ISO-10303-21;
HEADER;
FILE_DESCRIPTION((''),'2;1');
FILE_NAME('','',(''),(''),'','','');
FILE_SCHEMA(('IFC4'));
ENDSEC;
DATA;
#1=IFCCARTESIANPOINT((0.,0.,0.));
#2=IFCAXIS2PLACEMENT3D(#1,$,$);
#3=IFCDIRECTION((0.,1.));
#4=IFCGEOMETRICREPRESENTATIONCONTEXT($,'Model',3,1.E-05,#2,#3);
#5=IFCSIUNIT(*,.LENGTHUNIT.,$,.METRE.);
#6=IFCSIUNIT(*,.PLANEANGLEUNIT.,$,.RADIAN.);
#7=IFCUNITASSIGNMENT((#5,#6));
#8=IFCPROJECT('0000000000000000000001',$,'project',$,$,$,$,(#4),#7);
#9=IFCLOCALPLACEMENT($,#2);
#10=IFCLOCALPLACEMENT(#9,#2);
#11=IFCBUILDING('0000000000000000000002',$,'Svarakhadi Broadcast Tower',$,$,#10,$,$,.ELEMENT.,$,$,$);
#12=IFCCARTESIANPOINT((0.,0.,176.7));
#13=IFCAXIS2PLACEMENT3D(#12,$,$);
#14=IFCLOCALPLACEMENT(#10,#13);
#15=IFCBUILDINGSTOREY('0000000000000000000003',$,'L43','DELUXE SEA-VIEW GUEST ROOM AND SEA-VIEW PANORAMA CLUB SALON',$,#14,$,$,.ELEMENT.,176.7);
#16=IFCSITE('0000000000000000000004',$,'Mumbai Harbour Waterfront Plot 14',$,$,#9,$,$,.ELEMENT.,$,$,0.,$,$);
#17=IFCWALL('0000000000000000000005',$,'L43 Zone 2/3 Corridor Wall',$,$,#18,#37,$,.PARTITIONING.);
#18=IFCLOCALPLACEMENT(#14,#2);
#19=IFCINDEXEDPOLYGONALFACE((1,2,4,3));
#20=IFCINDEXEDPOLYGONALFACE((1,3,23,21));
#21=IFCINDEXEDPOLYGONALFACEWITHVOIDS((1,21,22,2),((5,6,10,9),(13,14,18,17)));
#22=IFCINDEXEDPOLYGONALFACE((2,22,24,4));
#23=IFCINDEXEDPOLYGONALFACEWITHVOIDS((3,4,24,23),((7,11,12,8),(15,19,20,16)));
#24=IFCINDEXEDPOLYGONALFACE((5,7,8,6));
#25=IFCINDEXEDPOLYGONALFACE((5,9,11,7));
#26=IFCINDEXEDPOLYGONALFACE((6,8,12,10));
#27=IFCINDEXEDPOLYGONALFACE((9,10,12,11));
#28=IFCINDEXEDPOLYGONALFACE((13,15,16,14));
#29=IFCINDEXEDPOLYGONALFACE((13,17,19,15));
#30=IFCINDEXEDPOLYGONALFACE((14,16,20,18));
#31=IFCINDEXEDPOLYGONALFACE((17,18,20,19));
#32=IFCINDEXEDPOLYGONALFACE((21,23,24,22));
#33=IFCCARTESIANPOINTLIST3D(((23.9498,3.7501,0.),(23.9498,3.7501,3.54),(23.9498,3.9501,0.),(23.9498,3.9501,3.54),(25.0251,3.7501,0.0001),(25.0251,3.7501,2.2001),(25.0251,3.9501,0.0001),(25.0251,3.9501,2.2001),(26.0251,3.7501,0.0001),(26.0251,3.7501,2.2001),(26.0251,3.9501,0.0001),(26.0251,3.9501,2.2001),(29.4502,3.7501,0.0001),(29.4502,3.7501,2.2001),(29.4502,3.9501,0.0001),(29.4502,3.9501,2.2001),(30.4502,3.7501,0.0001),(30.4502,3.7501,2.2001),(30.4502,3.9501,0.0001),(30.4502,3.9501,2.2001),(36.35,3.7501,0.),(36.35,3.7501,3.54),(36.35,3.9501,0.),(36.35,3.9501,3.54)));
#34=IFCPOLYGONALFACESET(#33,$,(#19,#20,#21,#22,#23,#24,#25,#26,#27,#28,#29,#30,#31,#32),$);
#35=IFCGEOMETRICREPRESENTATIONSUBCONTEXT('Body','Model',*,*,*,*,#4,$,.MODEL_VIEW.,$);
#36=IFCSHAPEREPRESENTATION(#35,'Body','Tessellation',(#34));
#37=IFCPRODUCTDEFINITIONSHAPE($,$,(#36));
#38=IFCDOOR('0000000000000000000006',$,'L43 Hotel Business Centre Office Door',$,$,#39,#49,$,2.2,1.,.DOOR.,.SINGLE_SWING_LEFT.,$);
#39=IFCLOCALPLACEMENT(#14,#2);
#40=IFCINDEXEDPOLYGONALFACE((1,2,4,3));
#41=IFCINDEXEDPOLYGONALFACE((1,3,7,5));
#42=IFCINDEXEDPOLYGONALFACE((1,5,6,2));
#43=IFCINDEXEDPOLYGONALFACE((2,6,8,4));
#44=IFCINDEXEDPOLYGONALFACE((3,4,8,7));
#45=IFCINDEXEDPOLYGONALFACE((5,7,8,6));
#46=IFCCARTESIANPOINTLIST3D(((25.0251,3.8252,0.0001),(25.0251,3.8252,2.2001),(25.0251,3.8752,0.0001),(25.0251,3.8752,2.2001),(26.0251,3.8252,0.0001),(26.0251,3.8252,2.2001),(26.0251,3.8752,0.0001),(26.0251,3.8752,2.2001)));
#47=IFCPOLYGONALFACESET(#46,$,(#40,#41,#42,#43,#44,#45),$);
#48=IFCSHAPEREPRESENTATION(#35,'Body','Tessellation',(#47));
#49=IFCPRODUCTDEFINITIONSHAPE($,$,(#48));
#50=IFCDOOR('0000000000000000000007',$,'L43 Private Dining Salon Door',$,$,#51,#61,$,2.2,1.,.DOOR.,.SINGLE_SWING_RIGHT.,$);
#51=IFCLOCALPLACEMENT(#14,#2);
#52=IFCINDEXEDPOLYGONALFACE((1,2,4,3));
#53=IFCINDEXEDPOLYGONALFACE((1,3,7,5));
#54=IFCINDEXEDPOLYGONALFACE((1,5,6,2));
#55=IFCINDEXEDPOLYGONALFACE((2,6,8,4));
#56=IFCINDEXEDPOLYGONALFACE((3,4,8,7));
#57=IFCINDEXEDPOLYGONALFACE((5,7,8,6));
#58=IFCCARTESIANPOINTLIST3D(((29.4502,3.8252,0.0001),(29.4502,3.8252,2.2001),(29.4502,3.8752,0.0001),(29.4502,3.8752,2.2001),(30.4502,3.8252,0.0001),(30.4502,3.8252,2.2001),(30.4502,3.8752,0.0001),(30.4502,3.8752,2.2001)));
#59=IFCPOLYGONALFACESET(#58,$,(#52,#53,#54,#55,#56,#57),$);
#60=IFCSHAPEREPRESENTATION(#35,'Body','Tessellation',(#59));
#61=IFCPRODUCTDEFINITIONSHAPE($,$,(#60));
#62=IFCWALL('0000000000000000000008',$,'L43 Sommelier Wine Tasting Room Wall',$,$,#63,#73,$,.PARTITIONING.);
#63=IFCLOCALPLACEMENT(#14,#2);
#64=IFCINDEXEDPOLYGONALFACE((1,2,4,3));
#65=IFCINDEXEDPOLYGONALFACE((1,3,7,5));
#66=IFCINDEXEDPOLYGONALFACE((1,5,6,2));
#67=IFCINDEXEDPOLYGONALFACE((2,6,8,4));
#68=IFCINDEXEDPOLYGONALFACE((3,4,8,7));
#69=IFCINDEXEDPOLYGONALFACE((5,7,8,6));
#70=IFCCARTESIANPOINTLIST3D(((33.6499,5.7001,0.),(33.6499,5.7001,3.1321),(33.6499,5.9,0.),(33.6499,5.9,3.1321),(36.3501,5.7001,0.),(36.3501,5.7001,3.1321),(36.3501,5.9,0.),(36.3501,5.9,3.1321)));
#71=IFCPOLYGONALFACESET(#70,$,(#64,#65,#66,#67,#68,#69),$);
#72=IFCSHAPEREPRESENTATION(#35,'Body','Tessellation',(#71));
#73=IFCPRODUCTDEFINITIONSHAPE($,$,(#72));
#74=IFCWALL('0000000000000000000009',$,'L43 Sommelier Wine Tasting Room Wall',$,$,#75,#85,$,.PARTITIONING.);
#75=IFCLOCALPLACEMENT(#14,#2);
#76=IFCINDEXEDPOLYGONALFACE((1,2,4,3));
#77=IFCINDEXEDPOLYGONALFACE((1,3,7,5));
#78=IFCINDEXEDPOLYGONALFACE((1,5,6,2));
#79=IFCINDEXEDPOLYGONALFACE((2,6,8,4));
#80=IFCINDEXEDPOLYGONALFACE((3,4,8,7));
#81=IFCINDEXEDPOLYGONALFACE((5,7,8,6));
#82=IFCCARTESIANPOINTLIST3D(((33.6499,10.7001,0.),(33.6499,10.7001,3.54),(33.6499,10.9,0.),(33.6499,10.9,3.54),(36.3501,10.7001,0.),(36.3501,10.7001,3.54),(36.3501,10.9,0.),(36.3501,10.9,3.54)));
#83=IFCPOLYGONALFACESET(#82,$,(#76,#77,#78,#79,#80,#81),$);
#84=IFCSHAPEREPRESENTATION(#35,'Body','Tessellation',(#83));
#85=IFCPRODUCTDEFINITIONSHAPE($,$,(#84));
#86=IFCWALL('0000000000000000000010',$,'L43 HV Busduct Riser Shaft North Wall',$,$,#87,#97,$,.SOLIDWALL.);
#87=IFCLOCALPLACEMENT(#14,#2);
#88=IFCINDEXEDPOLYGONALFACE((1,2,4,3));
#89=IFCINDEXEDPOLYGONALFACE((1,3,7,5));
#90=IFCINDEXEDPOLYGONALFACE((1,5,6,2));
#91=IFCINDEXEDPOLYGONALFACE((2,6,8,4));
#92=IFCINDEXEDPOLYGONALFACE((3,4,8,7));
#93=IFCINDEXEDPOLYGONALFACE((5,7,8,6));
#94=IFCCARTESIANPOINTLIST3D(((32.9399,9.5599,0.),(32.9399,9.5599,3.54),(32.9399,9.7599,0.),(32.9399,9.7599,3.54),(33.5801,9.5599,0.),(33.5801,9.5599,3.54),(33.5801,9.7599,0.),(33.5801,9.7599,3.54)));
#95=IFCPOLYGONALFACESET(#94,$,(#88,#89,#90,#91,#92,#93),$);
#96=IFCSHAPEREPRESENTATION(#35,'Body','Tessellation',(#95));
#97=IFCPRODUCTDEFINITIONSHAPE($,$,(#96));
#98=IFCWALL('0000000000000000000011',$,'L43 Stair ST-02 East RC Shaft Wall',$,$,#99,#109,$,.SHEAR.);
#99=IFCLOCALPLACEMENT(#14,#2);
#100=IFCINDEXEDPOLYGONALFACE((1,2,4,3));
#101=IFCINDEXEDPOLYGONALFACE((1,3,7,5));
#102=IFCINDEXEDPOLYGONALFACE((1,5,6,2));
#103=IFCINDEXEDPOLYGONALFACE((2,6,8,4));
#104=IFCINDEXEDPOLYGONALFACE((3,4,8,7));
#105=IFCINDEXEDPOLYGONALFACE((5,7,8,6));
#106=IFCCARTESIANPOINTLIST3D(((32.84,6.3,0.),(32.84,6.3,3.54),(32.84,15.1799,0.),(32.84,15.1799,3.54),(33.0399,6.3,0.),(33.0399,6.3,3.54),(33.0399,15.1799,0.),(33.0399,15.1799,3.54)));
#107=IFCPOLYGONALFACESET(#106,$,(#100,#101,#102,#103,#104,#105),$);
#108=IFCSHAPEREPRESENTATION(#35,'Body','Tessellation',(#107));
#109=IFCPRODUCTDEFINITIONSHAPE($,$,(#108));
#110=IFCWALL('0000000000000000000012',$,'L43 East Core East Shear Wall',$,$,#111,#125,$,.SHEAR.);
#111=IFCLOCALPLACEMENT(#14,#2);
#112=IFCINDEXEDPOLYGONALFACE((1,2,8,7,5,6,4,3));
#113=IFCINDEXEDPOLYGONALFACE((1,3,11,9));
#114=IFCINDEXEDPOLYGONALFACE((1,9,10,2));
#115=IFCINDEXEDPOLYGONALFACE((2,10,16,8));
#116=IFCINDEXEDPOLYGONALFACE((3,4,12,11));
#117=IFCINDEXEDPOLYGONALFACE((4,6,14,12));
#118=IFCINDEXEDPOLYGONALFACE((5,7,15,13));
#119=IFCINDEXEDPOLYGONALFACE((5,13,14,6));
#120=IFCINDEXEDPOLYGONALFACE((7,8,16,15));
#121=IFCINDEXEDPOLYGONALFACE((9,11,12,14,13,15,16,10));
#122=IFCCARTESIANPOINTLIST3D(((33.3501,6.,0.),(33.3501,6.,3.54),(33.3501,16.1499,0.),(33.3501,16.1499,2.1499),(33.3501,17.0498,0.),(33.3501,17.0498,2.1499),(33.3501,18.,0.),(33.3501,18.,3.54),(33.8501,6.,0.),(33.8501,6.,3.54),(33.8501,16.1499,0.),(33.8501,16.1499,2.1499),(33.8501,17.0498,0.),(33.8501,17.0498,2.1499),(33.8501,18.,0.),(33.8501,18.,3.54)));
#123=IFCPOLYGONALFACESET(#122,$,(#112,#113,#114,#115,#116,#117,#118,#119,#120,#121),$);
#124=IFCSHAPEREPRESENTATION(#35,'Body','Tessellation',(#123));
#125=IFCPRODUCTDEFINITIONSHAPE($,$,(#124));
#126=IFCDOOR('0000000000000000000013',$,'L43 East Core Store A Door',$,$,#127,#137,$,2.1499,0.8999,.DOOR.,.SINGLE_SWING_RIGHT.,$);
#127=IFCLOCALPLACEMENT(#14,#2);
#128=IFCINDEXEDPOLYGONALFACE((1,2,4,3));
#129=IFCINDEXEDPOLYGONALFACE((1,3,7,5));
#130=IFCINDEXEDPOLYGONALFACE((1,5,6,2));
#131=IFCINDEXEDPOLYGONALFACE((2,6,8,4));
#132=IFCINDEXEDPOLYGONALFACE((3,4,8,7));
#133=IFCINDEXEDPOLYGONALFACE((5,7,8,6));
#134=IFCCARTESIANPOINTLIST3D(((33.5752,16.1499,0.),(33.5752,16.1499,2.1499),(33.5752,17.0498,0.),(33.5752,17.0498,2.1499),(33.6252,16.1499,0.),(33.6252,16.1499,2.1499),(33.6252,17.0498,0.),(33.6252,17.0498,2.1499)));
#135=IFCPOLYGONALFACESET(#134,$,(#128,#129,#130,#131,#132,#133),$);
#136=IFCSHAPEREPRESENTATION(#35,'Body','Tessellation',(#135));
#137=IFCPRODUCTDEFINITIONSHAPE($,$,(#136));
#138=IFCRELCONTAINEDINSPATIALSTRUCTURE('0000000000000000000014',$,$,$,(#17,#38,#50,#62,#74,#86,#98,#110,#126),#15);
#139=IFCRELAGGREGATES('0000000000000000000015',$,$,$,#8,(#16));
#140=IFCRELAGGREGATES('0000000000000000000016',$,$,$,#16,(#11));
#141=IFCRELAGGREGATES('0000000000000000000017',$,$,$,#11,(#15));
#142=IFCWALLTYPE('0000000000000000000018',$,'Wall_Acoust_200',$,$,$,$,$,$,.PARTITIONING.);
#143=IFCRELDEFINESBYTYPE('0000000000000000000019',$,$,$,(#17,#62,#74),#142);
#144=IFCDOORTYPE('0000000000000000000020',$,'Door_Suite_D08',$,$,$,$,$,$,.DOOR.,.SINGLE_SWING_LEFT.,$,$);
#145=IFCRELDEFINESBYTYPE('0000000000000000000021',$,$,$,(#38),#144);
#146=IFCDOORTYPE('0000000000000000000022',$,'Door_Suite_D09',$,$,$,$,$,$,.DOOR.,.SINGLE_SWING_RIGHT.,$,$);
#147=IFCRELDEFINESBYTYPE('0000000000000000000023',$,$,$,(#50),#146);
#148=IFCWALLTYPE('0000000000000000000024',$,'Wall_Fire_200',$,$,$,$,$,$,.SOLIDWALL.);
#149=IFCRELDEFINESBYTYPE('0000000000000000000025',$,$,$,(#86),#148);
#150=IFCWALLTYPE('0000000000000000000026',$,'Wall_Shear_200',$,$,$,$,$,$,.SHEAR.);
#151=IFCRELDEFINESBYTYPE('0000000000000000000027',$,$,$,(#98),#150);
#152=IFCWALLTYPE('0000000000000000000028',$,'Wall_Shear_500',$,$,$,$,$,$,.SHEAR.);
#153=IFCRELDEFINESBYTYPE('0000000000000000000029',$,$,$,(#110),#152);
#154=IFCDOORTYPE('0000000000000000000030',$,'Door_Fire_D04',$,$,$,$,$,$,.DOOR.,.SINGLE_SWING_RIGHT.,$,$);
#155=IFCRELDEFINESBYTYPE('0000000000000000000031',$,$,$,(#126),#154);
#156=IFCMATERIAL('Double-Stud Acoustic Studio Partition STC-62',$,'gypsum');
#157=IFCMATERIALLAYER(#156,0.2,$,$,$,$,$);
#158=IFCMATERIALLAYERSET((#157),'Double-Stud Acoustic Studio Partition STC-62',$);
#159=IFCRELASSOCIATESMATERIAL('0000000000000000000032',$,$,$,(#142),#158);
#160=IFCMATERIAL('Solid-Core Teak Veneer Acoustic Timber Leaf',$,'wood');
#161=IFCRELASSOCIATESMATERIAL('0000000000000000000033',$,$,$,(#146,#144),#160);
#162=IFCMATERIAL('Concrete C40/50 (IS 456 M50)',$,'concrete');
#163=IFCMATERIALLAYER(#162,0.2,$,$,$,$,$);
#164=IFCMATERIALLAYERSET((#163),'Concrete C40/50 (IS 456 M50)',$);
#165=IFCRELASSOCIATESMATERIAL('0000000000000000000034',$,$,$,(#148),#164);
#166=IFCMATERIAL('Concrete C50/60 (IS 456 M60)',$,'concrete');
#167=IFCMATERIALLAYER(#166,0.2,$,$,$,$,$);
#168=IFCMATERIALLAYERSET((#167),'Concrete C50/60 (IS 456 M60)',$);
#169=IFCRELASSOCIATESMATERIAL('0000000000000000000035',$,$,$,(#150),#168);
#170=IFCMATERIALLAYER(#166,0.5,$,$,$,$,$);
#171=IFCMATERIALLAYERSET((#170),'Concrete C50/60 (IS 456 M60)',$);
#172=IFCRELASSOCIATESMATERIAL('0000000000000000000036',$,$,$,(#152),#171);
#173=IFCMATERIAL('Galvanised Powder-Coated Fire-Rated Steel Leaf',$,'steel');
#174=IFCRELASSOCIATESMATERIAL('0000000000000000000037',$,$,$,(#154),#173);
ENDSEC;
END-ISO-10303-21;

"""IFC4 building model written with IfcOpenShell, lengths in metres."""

from ifc_helpers import new_model, si_unit, direction, frame, frame_2d, origin, place, context, subcontext, project, spatial, rectangle, extrude, material, layer, layer_set, type_object, element, fill, save


model = new_model("IFC4")

# Units and contexts
model_context = context("Model", 3, precision=1e-05, world=origin(), true_north=direction((0.0, 1.0)))
body_context = subcontext(model_context, "Body", "Model", "MODEL_VIEW")
ifc_project = project(units=[si_unit("LENGTHUNIT", "METRE"), si_unit("PLANEANGLEUNIT", "RADIAN")], contexts=[model_context])

# Site, building, storey
site_placement = place(None, origin())
site = spatial("IfcSite", under=ifc_project, at=site_placement, Name="Mumbai Harbour Waterfront Plot 14", CompositionType="ELEMENT", RefElevation=0.0)
building_placement = place(site_placement, origin())
building = spatial("IfcBuilding", under=site, at=building_placement, Name="Svarakhadi Broadcast Tower", CompositionType="ELEMENT")
storey_placement = place(building_placement, frame((0.0, 0.0, 176.7)))
storey = spatial("IfcBuildingStorey", under=building, at=storey_placement, Name="L43", Description="DELUXE SEA-VIEW GUEST ROOM AND SEA-VIEW PANORAMA CLUB SALON", CompositionType="ELEMENT", Elevation=176.7)

# Shared definitions
ifc_material_1 = material(Name="Concrete C50/60 (IS 456 M60)", Category="concrete")

# Shared definitions
ifc_material_2 = material(Name="Double-Stud Acoustic Studio Partition STC-62", Category="gypsum")
ifc_layer_1 = layer(ifc_material_2, 0.2)
ifc_layer_set_1 = layer_set([ifc_layer_1], Name="Double-Stud Acoustic Studio Partition STC-62")
wall_type_1 = type_object("IfcWallType", Name="Wall_Acoust_200", PredefinedType="PARTITIONING", material=ifc_layer_set_1)
ifc_material_3 = material(Name="Solid-Core Teak Veneer Acoustic Timber Leaf", Category="wood")
door_type_1 = type_object("IfcDoorType", Name="Door_Suite_D09", OperationType="SINGLE_SWING_RIGHT", PredefinedType="DOOR", material=ifc_material_3)

# Wall, openings, doors
wall_1_placement = place(storey_placement, frame((36.3501, 3.8501, 0.0), z_axis=(0.0, 0.0, 1.0), x_axis=(-1.0, 0.0, 0.0)))
wall_1 = element("IfcWall", 1, at=wall_1_placement, inside=storey, type_object=wall_type_1, Name="L43 Zone 2/3 Corridor Wall", PredefinedType="PARTITIONING", context=body_context, shape_type="SweptSolid", body=[
    extrude(rectangle(XDim=12.4001, YDim=0.2, at=frame_2d((6.2002, 0.0))), origin(), (0.0, 0.0, 1.0), 3.54),
])
opening_1_placement = place(wall_1_placement, frame((10.325, 0.0, 0.0)))
opening_1 = element("IfcOpeningElement", 2, at=opening_1_placement, cuts=wall_1, PredefinedType="OPENING", context=body_context, shape_type="SweptSolid", body=[
    extrude(rectangle(XDim=1.0, YDim=2.2, at=frame_2d((0.5, 1.1001))), frame((0.0, 0.1099, 0.0), z_axis=(0.0, -1.0, 0.0), x_axis=(1.0, 0.0, 0.0)), (0.0, 0.0, 1.0), 0.22),
])
opening_2_placement = place(wall_1_placement, frame((5.8999, 0.0, 0.0)))
opening_2 = element("IfcOpeningElement", 3, at=opening_2_placement, cuts=wall_1, PredefinedType="OPENING", context=body_context, shape_type="SweptSolid", body=[
    extrude(rectangle(XDim=1.0, YDim=2.2, at=frame_2d((0.5, 1.1001))), frame((0.0, 0.1099, 0.0), z_axis=(0.0, -1.0, 0.0), x_axis=(1.0, 0.0, 0.0)), (0.0, 0.0, 1.0), 0.22),
])
door_type_2 = type_object("IfcDoorType", Name="Door_Suite_D08", OperationType="SINGLE_SWING_LEFT", PredefinedType="DOOR", material=ifc_material_3)
door_1_placement = place(opening_1_placement, origin())
door_1 = element("IfcDoor", 4, at=door_1_placement, inside=storey, type_object=door_type_2, Name="L43 Hotel Business Centre Office Door", OperationType="SINGLE_SWING_LEFT", OverallHeight=2.2, OverallWidth=1.0, PredefinedType="DOOR", context=body_context, shape_type="SweptSolid", body=[
    extrude(rectangle(XDim=1.0, YDim=2.2, at=frame_2d((0.5, 1.1001))), frame((0.0, 0.0249, 0.0), z_axis=(0.0, -1.0, 0.0), x_axis=(1.0, 0.0, 0.0)), (0.0, 0.0, 1.0), 0.05),
])
fill(opening_1, door_1)
door_2_placement = place(opening_2_placement, origin())
door_2 = element("IfcDoor", 5, at=door_2_placement, inside=storey, type_object=door_type_1, Name="L43 Private Dining Salon Door", OperationType="SINGLE_SWING_RIGHT", OverallHeight=2.2, OverallWidth=1.0, PredefinedType="DOOR", context=body_context, shape_type="SweptSolid", body=[
    extrude(rectangle(XDim=1.0, YDim=2.2, at=frame_2d((0.5, 1.1001))), frame((0.0, 0.0249, 0.0), z_axis=(0.0, -1.0, 0.0), x_axis=(1.0, 0.0, 0.0)), (0.0, 0.0, 1.0), 0.05),
])
fill(opening_2, door_2)

# Walls
wall_2_placement = place(storey_placement, frame((33.6499, 5.8, 0.0), z_axis=(0.0, 0.0, 1.0), x_axis=(1.0, 0.0, 0.0)))
element("IfcWall", 6, at=wall_2_placement, inside=storey, type_object=wall_type_1, Name="L43 Sommelier Wine Tasting Room Wall", PredefinedType="PARTITIONING", context=body_context, shape_type="SweptSolid", body=[
    extrude(rectangle(XDim=2.7002, YDim=0.2, at=frame_2d((1.3501, 0.0))), origin(), (0.0, 0.0, 1.0), 3.1321),
])
wall_3_placement = place(storey_placement, frame((33.6499, 10.8, 0.0), z_axis=(0.0, 0.0, 1.0), x_axis=(1.0, 0.0, 0.0)))
element("IfcWall", 7, at=wall_3_placement, inside=storey, type_object=wall_type_1, Name="L43 Sommelier Wine Tasting Room Wall", PredefinedType="PARTITIONING", context=body_context, shape_type="SweptSolid", body=[
    extrude(rectangle(XDim=2.7002, YDim=0.2, at=frame_2d((1.3501, 0.0))), origin(), (0.0, 0.0, 1.0), 3.54),
])
ifc_material_4 = material(Name="Concrete C40/50 (IS 456 M50)", Category="concrete")
ifc_layer_2 = layer(ifc_material_4, 0.2)
ifc_layer_set_2 = layer_set([ifc_layer_2], Name="Concrete C40/50 (IS 456 M50)")
wall_type_2 = type_object("IfcWallType", Name="Wall_Fire_200", PredefinedType="SOLIDWALL", material=ifc_layer_set_2)
wall_4_placement = place(storey_placement, frame((32.9399, 9.6599, 0.0), z_axis=(0.0, 0.0, 1.0), x_axis=(1.0, 0.0, 0.0)))
element("IfcWall", 8, at=wall_4_placement, inside=storey, type_object=wall_type_2, Name="L43 HV Busduct Riser Shaft North Wall", PredefinedType="SOLIDWALL", context=body_context, shape_type="SweptSolid", body=[
    extrude(rectangle(XDim=0.6401, YDim=0.2, at=frame_2d((0.3201, 0.0))), origin(), (0.0, 0.0, 1.0), 3.54),
])
ifc_layer_3 = layer(ifc_material_1, 0.2)
ifc_layer_set_3 = layer_set([ifc_layer_3], Name="Concrete C50/60 (IS 456 M60)")
wall_type_3 = type_object("IfcWallType", Name="Wall_Shear_200", PredefinedType="SHEAR", material=ifc_layer_set_3)
wall_5_placement = place(storey_placement, frame((32.9399, 6.3, 0.0), z_axis=(0.0, 0.0, 1.0), x_axis=(0.0, 1.0, 0.0)))
element("IfcWall", 9, at=wall_5_placement, inside=storey, type_object=wall_type_3, Name="L43 Stair ST-02 East RC Shaft Wall", PredefinedType="SHEAR", context=body_context, shape_type="SweptSolid", body=[
    extrude(rectangle(XDim=8.8799, YDim=0.2, at=frame_2d((4.4399, 0.0))), origin(), (0.0, 0.0, 1.0), 3.54),
])

# Wall, opening, door
ifc_layer_4 = layer(ifc_material_1, 0.5)
ifc_layer_set_4 = layer_set([ifc_layer_4], Name="Concrete C50/60 (IS 456 M60)")
wall_type_4 = type_object("IfcWallType", Name="Wall_Shear_500", PredefinedType="SHEAR", material=ifc_layer_set_4)
wall_6_placement = place(storey_placement, frame((33.6001, 6.0, 0.0), z_axis=(0.0, 0.0, 1.0), x_axis=(0.0, 1.0, 0.0)))
wall_6 = element("IfcWall", 10, at=wall_6_placement, inside=storey, type_object=wall_type_4, Name="L43 East Core East Shear Wall", PredefinedType="SHEAR", context=body_context, shape_type="SweptSolid", body=[
    extrude(rectangle(XDim=12.0, YDim=0.5, at=frame_2d((6.0, 0.0))), origin(), (0.0, 0.0, 1.0), 3.54),
])
opening_3_placement = place(wall_6_placement, frame((10.1499, 0.0, 0.0)))
opening_3 = element("IfcOpeningElement", 11, at=opening_3_placement, cuts=wall_6, PredefinedType="OPENING", context=body_context, shape_type="SweptSolid", body=[
    extrude(rectangle(XDim=0.8999, YDim=2.1499, at=frame_2d((0.45, 1.075))), frame((0.0, 0.26, 0.0), z_axis=(0.0, -1.0, 0.0), x_axis=(1.0, 0.0, 0.0)), (0.0, 0.0, 1.0), 0.52),
])
ifc_material_5 = material(Name="Galvanised Powder-Coated Fire-Rated Steel Leaf", Category="steel")
door_type_3 = type_object("IfcDoorType", Name="Door_Fire_D04", OperationType="SINGLE_SWING_RIGHT", PredefinedType="DOOR", material=ifc_material_5)
door_3_placement = place(opening_3_placement, origin())
door_3 = element("IfcDoor", 12, at=door_3_placement, inside=storey, type_object=door_type_3, Name="L43 East Core Store A Door", OperationType="SINGLE_SWING_RIGHT", OverallHeight=2.1499, OverallWidth=0.8999, PredefinedType="DOOR", context=body_context, shape_type="SweptSolid", body=[
    extrude(rectangle(XDim=0.8999, YDim=2.1499, at=frame_2d((0.45, 1.075))), frame((0.0, 0.0249, 0.0), z_axis=(0.0, -1.0, 0.0), x_axis=(1.0, 0.0, 0.0)), (0.0, 0.0, 1.0), 0.05),
])
fill(opening_3, door_3)

save(model, "model.ifc")
